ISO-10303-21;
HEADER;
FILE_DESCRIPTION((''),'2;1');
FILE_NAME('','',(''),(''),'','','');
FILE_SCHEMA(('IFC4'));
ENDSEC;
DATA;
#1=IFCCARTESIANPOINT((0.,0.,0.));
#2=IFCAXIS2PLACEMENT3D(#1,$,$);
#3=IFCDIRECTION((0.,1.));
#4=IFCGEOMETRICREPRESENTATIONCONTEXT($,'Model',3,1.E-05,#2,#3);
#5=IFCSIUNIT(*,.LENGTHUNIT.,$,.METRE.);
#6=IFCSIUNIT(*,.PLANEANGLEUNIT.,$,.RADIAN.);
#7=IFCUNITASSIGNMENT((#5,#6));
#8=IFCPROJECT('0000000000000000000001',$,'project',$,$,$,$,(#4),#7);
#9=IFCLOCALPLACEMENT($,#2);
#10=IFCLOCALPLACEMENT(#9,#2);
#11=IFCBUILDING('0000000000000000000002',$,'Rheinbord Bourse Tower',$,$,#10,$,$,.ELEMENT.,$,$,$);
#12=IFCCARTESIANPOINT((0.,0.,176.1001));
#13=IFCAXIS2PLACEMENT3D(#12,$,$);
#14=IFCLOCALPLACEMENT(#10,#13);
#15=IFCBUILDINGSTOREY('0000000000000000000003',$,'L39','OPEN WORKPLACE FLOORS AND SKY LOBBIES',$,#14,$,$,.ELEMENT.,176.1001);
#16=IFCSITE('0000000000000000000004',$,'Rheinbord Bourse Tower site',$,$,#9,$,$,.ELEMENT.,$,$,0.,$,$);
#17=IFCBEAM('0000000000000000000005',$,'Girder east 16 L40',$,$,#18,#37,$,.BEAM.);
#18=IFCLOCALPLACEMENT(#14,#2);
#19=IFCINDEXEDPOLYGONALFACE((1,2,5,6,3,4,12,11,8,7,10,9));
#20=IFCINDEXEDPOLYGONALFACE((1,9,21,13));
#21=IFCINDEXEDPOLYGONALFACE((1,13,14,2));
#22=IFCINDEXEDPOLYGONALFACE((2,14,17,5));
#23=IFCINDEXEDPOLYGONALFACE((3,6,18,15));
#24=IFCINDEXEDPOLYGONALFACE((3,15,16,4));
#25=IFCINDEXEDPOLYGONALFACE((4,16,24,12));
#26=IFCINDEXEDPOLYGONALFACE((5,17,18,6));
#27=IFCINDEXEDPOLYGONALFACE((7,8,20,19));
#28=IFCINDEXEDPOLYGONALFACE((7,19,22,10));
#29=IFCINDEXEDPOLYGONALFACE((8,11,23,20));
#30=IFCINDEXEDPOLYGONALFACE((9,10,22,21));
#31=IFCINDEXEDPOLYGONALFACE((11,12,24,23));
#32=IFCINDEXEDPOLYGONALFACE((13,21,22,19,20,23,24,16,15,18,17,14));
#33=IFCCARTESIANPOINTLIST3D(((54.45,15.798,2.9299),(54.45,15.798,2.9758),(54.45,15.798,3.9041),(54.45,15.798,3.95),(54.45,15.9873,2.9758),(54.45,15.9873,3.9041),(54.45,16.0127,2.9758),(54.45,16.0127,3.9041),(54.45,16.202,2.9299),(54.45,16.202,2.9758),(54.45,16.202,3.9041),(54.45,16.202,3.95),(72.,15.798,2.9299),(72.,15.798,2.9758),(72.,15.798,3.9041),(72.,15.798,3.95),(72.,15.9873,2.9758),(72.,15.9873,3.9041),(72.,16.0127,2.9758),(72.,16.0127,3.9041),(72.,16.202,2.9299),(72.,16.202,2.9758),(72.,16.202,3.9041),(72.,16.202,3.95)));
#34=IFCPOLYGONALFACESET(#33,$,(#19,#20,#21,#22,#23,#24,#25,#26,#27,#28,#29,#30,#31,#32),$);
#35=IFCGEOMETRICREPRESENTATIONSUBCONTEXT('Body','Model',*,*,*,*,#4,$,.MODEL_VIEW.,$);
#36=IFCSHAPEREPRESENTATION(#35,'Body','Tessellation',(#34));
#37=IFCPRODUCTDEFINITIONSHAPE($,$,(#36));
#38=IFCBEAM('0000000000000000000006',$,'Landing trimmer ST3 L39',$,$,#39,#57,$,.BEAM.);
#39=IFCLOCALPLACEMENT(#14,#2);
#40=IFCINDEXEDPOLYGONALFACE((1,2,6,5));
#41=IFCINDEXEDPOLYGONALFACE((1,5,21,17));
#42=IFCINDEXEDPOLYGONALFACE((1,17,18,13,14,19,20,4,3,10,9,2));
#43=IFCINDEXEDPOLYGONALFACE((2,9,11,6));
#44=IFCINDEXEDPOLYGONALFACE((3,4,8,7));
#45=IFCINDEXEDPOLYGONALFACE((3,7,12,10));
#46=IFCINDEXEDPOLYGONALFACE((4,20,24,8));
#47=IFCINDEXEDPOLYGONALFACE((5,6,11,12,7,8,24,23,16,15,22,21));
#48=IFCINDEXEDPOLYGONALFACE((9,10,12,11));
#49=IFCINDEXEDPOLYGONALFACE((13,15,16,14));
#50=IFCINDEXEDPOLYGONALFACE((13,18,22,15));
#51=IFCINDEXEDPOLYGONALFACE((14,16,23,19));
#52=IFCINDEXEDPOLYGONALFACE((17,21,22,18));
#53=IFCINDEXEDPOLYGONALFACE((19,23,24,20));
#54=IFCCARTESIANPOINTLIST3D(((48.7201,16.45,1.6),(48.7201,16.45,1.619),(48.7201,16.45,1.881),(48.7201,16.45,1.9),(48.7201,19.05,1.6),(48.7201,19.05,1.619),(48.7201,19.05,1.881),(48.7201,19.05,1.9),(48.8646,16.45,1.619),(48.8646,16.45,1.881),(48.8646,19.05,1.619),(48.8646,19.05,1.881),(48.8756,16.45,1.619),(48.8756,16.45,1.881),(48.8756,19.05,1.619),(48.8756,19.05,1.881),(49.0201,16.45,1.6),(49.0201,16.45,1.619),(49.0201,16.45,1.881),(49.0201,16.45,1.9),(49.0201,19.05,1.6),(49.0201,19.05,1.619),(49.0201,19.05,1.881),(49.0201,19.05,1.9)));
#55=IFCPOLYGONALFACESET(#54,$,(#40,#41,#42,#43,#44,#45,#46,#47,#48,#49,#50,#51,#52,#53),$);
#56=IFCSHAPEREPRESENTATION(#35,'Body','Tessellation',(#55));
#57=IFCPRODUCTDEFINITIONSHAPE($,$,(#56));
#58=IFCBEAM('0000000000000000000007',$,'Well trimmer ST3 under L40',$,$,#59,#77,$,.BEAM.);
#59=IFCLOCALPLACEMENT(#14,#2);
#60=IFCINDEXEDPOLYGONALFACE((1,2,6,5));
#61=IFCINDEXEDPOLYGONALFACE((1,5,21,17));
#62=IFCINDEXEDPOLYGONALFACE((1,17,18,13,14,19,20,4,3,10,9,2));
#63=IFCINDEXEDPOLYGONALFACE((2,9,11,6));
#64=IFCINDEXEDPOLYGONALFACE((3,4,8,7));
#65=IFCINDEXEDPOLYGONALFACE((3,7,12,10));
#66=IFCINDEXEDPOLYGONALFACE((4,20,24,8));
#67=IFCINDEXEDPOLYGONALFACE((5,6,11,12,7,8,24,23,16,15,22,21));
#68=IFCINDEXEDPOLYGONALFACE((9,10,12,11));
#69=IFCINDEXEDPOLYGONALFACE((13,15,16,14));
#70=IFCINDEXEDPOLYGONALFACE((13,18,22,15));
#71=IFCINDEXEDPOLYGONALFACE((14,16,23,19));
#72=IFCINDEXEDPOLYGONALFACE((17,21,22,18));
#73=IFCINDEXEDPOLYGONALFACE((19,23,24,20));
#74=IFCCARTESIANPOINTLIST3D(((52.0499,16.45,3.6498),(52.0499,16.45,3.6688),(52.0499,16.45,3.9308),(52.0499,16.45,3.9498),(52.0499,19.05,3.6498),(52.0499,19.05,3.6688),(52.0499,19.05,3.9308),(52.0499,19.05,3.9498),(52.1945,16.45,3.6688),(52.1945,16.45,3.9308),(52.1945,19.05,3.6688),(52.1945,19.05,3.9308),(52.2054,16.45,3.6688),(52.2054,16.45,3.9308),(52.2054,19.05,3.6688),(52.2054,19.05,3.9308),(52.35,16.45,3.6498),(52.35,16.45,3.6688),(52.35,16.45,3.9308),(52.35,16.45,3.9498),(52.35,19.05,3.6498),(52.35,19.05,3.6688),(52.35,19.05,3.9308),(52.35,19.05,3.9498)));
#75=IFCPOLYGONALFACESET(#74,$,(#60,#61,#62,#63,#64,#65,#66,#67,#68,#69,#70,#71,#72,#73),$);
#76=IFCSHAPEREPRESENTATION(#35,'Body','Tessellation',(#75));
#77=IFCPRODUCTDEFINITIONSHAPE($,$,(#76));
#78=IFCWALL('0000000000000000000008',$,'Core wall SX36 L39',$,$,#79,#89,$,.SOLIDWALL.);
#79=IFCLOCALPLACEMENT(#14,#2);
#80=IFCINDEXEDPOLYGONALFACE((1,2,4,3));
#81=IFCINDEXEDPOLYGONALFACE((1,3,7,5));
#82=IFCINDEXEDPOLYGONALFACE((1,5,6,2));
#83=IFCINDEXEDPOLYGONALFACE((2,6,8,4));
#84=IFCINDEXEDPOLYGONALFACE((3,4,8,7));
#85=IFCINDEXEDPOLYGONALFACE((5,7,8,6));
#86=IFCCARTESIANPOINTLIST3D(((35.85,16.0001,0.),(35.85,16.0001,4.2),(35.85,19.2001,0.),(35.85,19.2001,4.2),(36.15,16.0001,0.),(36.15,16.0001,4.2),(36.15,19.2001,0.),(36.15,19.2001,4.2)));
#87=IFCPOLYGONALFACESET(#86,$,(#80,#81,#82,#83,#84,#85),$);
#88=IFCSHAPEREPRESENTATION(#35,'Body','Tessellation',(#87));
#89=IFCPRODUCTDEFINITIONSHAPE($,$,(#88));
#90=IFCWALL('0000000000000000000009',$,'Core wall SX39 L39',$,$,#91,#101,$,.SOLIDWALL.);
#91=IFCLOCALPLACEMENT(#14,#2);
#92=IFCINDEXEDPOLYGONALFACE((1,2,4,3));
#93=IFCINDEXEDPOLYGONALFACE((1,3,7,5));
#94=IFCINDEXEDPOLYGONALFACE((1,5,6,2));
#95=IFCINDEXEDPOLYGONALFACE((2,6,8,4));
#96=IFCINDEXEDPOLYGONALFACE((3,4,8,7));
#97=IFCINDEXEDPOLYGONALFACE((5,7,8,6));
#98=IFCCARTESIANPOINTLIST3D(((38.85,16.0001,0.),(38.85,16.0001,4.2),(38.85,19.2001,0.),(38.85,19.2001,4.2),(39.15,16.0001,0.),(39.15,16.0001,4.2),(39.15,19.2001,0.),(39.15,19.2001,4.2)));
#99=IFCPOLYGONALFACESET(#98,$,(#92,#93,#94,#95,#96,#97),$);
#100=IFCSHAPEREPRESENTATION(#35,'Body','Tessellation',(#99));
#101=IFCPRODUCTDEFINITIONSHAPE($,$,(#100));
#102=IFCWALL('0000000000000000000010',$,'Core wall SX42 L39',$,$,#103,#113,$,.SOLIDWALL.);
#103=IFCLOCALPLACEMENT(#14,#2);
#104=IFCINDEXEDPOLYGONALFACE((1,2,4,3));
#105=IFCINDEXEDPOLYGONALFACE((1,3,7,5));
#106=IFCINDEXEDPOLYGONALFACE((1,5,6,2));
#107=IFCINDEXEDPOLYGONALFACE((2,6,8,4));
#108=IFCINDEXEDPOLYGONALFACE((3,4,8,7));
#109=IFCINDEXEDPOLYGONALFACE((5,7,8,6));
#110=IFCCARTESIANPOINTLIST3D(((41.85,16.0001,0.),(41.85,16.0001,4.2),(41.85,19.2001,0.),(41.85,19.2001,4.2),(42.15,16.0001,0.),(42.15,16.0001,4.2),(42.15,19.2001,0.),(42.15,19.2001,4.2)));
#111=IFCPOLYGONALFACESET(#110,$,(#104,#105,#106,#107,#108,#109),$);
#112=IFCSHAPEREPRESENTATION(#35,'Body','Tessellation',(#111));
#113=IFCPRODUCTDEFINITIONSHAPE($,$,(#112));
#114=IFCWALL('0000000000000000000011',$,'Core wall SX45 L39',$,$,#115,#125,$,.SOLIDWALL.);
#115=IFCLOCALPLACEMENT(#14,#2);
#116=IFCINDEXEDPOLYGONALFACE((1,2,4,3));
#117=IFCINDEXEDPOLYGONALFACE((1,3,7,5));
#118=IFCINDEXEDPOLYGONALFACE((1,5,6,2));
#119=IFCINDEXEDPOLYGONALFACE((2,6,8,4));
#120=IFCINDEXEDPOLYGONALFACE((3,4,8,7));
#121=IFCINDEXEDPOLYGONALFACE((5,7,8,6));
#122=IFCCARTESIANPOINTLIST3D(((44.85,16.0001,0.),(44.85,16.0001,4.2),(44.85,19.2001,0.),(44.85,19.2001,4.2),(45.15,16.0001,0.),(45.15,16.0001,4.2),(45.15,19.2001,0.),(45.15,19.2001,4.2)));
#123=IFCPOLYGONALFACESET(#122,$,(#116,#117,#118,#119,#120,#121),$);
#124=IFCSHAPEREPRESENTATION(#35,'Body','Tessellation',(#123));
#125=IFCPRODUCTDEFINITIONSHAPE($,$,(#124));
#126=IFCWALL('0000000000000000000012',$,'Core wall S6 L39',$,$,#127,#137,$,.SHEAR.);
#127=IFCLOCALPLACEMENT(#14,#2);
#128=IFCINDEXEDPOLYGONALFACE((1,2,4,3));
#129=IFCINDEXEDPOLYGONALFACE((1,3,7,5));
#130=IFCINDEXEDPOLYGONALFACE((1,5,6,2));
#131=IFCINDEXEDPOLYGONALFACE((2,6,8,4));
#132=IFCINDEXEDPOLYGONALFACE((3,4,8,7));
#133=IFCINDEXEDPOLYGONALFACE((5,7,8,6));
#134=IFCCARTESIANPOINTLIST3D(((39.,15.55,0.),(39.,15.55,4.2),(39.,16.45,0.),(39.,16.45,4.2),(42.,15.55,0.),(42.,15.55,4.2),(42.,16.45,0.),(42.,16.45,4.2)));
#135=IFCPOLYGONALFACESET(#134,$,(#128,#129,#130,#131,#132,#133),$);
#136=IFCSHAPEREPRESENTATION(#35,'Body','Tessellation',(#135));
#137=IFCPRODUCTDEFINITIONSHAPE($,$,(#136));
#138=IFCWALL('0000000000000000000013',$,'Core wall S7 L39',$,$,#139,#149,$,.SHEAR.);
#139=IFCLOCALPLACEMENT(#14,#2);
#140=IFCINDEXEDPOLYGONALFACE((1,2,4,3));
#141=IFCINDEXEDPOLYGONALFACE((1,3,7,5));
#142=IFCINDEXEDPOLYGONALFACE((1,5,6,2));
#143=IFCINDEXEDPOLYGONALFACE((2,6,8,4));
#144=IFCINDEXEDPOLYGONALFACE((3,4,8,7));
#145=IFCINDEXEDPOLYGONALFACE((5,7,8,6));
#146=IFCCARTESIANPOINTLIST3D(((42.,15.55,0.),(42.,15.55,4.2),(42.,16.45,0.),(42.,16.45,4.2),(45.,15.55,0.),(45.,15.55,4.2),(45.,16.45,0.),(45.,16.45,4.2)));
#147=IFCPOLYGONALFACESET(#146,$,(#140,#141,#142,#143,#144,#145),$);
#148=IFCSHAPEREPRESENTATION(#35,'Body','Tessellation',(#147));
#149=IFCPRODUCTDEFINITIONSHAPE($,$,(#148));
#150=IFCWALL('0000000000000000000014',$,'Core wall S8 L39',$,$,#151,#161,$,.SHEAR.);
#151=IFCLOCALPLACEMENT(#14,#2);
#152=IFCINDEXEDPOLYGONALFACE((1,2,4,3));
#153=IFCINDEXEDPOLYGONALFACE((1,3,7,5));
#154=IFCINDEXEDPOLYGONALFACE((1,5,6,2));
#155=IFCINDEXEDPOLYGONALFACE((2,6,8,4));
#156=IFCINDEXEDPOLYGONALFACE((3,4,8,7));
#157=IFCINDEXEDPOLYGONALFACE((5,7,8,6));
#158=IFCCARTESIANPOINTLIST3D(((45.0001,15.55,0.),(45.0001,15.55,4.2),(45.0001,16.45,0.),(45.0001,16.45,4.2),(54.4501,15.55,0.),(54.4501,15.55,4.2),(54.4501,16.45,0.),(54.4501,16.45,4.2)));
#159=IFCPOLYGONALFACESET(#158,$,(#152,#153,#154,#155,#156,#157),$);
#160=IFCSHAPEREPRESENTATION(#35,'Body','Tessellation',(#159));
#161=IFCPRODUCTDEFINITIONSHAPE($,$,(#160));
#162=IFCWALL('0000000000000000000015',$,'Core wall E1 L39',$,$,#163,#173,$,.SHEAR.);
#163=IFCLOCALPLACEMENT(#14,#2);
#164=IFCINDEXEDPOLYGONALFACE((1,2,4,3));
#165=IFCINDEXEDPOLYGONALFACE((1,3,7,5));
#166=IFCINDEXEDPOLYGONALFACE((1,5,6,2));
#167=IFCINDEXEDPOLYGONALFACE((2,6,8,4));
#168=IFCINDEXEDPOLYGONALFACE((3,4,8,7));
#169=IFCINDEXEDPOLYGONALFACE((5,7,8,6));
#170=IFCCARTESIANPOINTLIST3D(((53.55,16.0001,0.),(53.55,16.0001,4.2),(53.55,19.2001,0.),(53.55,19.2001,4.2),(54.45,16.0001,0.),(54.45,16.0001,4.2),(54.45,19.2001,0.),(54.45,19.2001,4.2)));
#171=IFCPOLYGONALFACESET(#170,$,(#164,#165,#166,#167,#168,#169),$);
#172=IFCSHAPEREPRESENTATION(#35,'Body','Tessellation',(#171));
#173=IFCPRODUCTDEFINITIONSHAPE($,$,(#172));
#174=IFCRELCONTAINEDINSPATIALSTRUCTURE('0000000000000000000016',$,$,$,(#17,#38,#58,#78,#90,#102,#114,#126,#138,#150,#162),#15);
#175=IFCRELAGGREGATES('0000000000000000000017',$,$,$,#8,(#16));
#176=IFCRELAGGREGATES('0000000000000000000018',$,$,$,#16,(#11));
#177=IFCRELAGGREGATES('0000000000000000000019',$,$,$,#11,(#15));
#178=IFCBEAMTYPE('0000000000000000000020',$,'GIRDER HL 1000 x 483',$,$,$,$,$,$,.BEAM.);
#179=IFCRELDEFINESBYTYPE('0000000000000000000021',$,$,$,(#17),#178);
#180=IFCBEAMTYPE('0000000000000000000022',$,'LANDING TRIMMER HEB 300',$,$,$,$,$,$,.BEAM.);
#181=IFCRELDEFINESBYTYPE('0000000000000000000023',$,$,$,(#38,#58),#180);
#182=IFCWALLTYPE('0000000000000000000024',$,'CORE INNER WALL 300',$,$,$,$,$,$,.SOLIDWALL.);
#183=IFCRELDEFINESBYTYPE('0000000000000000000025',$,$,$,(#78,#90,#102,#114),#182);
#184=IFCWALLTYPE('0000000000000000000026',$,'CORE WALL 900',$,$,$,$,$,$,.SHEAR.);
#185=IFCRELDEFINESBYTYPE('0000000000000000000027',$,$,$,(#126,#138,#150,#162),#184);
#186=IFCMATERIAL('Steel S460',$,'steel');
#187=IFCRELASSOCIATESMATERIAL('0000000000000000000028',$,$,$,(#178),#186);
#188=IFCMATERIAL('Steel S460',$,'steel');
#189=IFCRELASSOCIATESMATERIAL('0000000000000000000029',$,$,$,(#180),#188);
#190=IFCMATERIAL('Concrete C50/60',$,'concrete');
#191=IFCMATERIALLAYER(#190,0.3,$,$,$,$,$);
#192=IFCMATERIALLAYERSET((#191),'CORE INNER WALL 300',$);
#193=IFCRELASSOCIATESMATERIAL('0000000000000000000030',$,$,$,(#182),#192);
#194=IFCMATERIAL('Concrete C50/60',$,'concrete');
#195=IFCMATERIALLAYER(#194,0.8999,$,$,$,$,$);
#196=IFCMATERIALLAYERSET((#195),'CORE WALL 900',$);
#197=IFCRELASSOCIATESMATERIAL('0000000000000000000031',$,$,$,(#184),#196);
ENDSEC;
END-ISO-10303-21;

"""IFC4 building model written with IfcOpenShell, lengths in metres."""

from ifc_helpers import new_model, si_unit, direction, frame, frame_2d, origin, origin_2d, place, context, subcontext, project, spatial, rectangle, i_section, extrude, material, layer, layer_set, material_profile, profile_set, type_object, element, save


model = new_model("IFC4")

# Units and contexts
model_context = context("Model", 3, precision=1e-05, world=origin(), true_north=direction((0.0, 1.0)))
body_context = subcontext(model_context, "Body", "Model", "MODEL_VIEW")
ifc_project = project(units=[si_unit("LENGTHUNIT", "METRE"), si_unit("PLANEANGLEUNIT", "RADIAN")], contexts=[model_context])

# Site, building, storey
site_placement = place(None, origin())
site = spatial("IfcSite", under=ifc_project, at=site_placement, Name="Rheinbord Bourse Tower site", CompositionType="ELEMENT", RefElevation=0.0)
building_placement = place(site_placement, origin())
building = spatial("IfcBuilding", under=site, at=building_placement, Name="Rheinbord Bourse Tower", CompositionType="ELEMENT")
storey_placement = place(building_placement, frame((0.0, 0.0, 176.1001)))
storey = spatial("IfcBuildingStorey", under=building, at=storey_placement, Name="L39", Description="OPEN WORKPLACE FLOORS AND SKY LOBBIES", CompositionType="ELEMENT", Elevation=176.1001)

# Beams
ifc_material_1 = material(Name="Steel S460", Category="steel")
ifc_material_profile_1 = material_profile(ifc_material_1, i_section(OverallWidth=0.4041, OverallDepth=1.02, WebThickness=0.0254, FlangeThickness=0.0459, at=origin_2d()), Name="HL 1000 x 483")
ifc_profile_set_1 = profile_set([ifc_material_profile_1], Name="Steel S460")
beam_type_1 = type_object("IfcBeamType", Name="GIRDER HL 1000 x 483", PredefinedType="BEAM", material=ifc_profile_set_1)
beam_placement = place(storey_placement, frame((54.45, 16.0, 3.4399), z_axis=(1.0, 0.0, 0.0), x_axis=(0.0, 1.0, 0.0)))
element("IfcBeam", 1, at=beam_placement, inside=storey, type_object=beam_type_1, Name="Girder east 16 L40", PredefinedType="BEAM", context=body_context, shape_type="SweptSolid", body=[
    extrude(i_section(OverallWidth=0.4041, OverallDepth=1.02, WebThickness=0.0254, FlangeThickness=0.0459, at=origin_2d()), origin(), (0.0, 0.0, 1.0), 17.55),
])
ifc_material_2 = material(Name="Steel S460", Category="steel")
ifc_material_profile_2 = material_profile(ifc_material_2, i_section(OverallWidth=0.3, OverallDepth=0.3, WebThickness=0.011, FlangeThickness=0.019, at=origin_2d()), Name="HEB 300")
ifc_profile_set_2 = profile_set([ifc_material_profile_2], Name="Steel S460")
beam_type_2 = type_object("IfcBeamType", Name="LANDING TRIMMER HEB 300", PredefinedType="BEAM", material=ifc_profile_set_2)
for number, where, z_axis, x_axis, name in (
    (2, (48.8701, 16.45, 1.75), (0.0, 1.0, 0.0), (-1.0, 0.0, 0.0), "Landing trimmer ST3 L39"),
    (3, (52.2, 16.45, 3.7998), (0.0, 1.0, 0.0), (-1.0, 0.0, 0.0), "Well trimmer ST3 under L40"),
):
    element("IfcBeam", number, at=place(storey_placement, frame(where, z_axis=z_axis, x_axis=x_axis)), inside=storey, type_object=beam_type_2, Name=name, PredefinedType="BEAM", context=body_context, shape_type="SweptSolid", body=[
        extrude(i_section(OverallWidth=0.3, OverallDepth=0.3, WebThickness=0.011, FlangeThickness=0.019, at=origin_2d()), origin(), (0.0, 0.0, 1.0), 2.6001),
    ])

# Walls
ifc_material_3 = material(Name="Concrete C50/60", Category="concrete")
ifc_layer_1 = layer(ifc_material_3, 0.3)
ifc_layer_set_1 = layer_set([ifc_layer_1], Name="CORE INNER WALL 300")
wall_type_1 = type_object("IfcWallType", Name="CORE INNER WALL 300", PredefinedType="SOLIDWALL", material=ifc_layer_set_1)
for number, where, z_axis, x_axis, name in (
    (4, (36.0, 16.0, 0.0), (0.0, 0.0, 1.0), (0.0, 1.0, 0.0), "Core wall SX36 L39"),
    (5, (39.0, 16.0, 0.0), (0.0, 0.0, 1.0), (0.0, 1.0, 0.0), "Core wall SX39 L39"),
    (6, (42.0, 16.0, 0.0), (0.0, 0.0, 1.0), (0.0, 1.0, 0.0), "Core wall SX42 L39"),
    (7, (45.0, 16.0, 0.0), (0.0, 0.0, 1.0), (0.0, 1.0, 0.0), "Core wall SX45 L39"),
):
    element("IfcWall", number, at=place(storey_placement, frame(where, z_axis=z_axis, x_axis=x_axis)), inside=storey, type_object=wall_type_1, Name=name, PredefinedType="SOLIDWALL", context=body_context, shape_type="SweptSolid", body=[
        extrude(rectangle(XDim=3.2, YDim=0.3, at=frame_2d((1.6001, 0.0))), origin(), (0.0, 0.0, 1.0), 4.2),
    ])
ifc_material_4 = material(Name="Concrete C50/60", Category="concrete")
ifc_layer_2 = layer(ifc_material_4, 0.8999)
ifc_layer_set_2 = layer_set([ifc_layer_2], Name="CORE WALL 900")
wall_type_2 = type_object("IfcWallType", Name="CORE WALL 900", PredefinedType="SHEAR", material=ifc_layer_set_2)
for number, where, z_axis, x_axis, name in (
    (8, (39.0, 16.0, 0.0), (0.0, 0.0, 1.0), (1.0, 0.0, 0.0), "Core wall S6 L39"),
    (9, (42.0, 16.0, 0.0), (0.0, 0.0, 1.0), (1.0, 0.0, 0.0), "Core wall S7 L39"),
):
    element("IfcWall", number, at=place(storey_placement, frame(where, z_axis=z_axis, x_axis=x_axis)), inside=storey, type_object=wall_type_2, Name=name, PredefinedType="SHEAR", context=body_context, shape_type="SweptSolid", body=[
        extrude(rectangle(XDim=3.0, YDim=0.8999, at=frame_2d((1.5, 0.0))), origin(), (0.0, 0.0, 1.0), 4.2),
    ])
wall_1_placement = place(storey_placement, frame((45.0, 16.0, 0.0), z_axis=(0.0, 0.0, 1.0), x_axis=(1.0, 0.0, 0.0)))
element("IfcWall", 10, at=wall_1_placement, inside=storey, type_object=wall_type_2, Name="Core wall S8 L39", PredefinedType="SHEAR", context=body_context, shape_type="SweptSolid", body=[
    extrude(rectangle(XDim=9.45, YDim=0.8999, at=frame_2d((4.7251, 0.0))), origin(), (0.0, 0.0, 1.0), 4.2),
])
wall_2_placement = place(storey_placement, frame((54.0, 16.0, 0.0), z_axis=(0.0, 0.0, 1.0), x_axis=(0.0, 1.0, 0.0)))
element("IfcWall", 11, at=wall_2_placement, inside=storey, type_object=wall_type_2, Name="Core wall E1 L39", PredefinedType="SHEAR", context=body_context, shape_type="SweptSolid", body=[
    extrude(rectangle(XDim=3.2, YDim=0.8999, at=frame_2d((1.6001, 0.0))), origin(), (0.0, 0.0, 1.0), 4.2),
])

save(model, "model.ifc")
